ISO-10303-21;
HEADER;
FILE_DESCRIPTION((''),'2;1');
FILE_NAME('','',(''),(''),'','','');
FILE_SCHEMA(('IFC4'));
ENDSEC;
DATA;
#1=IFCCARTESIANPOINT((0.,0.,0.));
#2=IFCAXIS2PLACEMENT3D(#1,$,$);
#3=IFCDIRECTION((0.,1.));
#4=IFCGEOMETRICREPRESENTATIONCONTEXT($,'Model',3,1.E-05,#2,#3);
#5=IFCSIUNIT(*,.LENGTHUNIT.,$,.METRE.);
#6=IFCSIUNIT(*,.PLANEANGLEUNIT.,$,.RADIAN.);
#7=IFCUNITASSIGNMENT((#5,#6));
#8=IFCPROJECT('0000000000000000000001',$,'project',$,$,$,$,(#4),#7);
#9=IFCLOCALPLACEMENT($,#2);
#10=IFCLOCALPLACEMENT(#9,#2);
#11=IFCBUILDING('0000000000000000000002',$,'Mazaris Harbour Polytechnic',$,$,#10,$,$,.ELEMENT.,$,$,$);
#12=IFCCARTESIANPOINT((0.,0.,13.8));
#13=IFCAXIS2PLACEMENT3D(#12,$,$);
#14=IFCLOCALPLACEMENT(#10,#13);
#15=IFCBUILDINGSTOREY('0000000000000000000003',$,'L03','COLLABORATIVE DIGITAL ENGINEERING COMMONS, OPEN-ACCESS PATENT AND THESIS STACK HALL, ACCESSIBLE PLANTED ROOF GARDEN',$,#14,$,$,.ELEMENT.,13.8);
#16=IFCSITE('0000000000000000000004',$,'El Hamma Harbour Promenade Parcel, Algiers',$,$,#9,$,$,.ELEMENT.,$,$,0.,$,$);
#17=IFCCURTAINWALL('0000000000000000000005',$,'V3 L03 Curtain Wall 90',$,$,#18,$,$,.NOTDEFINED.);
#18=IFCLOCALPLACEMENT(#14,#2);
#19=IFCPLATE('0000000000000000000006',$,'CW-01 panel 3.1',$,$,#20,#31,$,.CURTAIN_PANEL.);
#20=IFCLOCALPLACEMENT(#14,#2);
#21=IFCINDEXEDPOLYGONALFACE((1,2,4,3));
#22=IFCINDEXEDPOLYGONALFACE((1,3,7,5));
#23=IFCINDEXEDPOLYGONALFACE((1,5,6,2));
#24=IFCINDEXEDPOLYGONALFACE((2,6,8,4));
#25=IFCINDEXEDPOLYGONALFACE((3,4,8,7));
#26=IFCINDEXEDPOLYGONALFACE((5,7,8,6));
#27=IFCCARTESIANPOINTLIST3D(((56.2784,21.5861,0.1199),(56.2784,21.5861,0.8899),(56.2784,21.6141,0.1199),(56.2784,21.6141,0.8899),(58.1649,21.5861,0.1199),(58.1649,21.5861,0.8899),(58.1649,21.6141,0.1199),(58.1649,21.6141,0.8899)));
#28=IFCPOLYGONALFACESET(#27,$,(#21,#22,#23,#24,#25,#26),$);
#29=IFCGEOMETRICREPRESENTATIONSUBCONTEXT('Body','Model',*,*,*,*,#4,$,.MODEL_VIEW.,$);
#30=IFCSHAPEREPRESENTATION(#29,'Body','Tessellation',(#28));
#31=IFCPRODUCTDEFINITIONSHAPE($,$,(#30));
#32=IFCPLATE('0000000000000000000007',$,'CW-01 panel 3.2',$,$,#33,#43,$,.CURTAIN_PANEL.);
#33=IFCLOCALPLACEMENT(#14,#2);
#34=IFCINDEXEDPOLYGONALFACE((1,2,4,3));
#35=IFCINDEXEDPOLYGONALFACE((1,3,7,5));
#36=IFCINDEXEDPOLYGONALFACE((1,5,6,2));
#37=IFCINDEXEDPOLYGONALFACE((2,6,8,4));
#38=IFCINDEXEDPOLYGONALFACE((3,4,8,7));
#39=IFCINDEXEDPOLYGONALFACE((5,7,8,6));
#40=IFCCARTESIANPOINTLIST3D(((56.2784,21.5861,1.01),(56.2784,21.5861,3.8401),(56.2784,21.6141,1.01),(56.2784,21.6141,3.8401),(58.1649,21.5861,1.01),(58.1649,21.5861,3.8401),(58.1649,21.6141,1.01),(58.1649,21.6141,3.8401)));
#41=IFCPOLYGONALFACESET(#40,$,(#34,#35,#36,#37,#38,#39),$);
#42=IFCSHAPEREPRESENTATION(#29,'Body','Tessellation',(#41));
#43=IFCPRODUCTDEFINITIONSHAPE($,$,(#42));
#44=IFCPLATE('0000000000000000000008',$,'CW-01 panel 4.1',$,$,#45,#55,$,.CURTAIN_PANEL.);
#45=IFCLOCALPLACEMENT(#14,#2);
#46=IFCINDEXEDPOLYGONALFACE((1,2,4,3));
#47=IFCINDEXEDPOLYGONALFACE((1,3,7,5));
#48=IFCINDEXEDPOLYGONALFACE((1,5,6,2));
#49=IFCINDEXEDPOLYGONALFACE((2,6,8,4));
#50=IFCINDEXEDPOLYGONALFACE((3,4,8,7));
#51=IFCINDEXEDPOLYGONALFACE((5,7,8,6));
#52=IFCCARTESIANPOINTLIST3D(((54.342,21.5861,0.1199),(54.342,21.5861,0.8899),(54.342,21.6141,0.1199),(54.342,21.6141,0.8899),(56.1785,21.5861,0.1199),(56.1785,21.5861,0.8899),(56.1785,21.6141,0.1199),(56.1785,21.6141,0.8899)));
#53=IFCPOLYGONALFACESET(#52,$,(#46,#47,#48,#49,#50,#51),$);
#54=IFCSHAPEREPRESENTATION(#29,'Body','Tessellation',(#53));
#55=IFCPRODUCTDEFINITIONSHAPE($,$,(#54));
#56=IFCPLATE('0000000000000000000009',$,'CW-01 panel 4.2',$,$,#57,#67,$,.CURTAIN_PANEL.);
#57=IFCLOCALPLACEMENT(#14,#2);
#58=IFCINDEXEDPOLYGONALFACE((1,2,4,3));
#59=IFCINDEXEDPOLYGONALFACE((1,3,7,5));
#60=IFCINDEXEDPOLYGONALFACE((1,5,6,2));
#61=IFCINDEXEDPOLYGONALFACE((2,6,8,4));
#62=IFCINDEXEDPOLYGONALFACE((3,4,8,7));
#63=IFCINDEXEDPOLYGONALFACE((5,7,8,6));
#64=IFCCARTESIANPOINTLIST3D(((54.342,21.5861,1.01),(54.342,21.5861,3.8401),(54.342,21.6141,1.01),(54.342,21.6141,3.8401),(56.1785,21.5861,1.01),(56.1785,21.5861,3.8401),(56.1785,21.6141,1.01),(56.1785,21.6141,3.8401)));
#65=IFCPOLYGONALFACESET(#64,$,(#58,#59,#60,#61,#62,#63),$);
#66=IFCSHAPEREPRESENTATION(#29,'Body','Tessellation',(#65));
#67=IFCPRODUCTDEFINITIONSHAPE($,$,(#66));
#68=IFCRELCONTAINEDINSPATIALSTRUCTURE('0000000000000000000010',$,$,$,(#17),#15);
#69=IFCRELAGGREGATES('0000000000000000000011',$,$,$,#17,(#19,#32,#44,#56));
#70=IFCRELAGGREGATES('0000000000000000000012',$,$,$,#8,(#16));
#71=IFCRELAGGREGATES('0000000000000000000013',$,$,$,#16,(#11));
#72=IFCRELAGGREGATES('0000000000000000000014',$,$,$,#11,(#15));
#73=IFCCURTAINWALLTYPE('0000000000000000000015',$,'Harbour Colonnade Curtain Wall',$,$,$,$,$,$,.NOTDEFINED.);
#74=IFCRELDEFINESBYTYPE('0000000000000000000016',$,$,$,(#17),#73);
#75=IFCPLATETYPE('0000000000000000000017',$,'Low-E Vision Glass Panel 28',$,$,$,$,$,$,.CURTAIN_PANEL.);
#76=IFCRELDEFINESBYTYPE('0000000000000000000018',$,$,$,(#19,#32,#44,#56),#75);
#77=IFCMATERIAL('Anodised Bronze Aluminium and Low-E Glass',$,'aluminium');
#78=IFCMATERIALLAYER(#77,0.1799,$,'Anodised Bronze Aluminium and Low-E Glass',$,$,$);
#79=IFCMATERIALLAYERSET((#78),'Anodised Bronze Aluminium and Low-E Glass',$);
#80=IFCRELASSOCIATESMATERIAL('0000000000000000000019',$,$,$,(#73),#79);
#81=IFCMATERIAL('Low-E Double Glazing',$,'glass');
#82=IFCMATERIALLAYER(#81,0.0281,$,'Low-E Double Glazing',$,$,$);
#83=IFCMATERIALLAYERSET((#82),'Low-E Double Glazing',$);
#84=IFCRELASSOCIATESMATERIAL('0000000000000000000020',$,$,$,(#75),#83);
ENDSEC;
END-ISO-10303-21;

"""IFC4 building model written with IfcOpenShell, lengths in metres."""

from ifc_helpers import new_model, si_unit, direction, frame, origin, origin_2d, place, context, subcontext, project, spatial, rectangle, extrude, material, layer, layer_set, type_object, element, aggregate, save


model = new_model("IFC4")

# Units and contexts
model_context = context("Model", 3, precision=1e-05, world=origin(), true_north=direction((0.0, 1.0)))
body_context = subcontext(model_context, "Body", "Model", "MODEL_VIEW")
ifc_project = project(units=[si_unit("LENGTHUNIT", "METRE"), si_unit("PLANEANGLEUNIT", "RADIAN")], contexts=[model_context])

# Site, building, storey
site_placement = place(None, origin())
site = spatial("IfcSite", under=ifc_project, at=site_placement, Name="El Hamma Harbour Promenade Parcel, Algiers", CompositionType="ELEMENT", RefElevation=0.0)
building_placement = place(site_placement, origin())
building = spatial("IfcBuilding", under=site, at=building_placement, Name="Mazaris Harbour Polytechnic", CompositionType="ELEMENT")
storey_placement = place(building_placement, frame((0.0, 0.0, 13.8)))
storey = spatial("IfcBuildingStorey", under=building, at=storey_placement, Name="L03", Description="COLLABORATIVE DIGITAL ENGINEERING COMMONS, OPEN-ACCESS PATENT AND THESIS STACK HALL, ACCESSIBLE PLANTED ROOF GARDEN", CompositionType="ELEMENT", Elevation=13.8)

# Curtain wall
ifc_material_1 = material(Name="Anodised Bronze Aluminium and Low-E Glass", Category="aluminium")
ifc_layer_1 = layer(ifc_material_1, 0.1799, Name="Anodised Bronze Aluminium and Low-E Glass")
ifc_layer_set_1 = layer_set([ifc_layer_1], Name="Anodised Bronze Aluminium and Low-E Glass")
curtain_wall_type = type_object("IfcCurtainWallType", Name="Harbour Colonnade Curtain Wall", PredefinedType="NOTDEFINED", material=ifc_layer_set_1)
curtain_wall_placement = place(storey_placement, origin())
curtain_wall = element("IfcCurtainWall", 1, at=curtain_wall_placement, inside=storey, type_object=curtain_wall_type, Name="V3 L03 Curtain Wall 90", PredefinedType="NOTDEFINED")

# Plates
ifc_material_2 = material(Name="Low-E Double Glazing", Category="glass")
ifc_layer_2 = layer(ifc_material_2, 0.0281, Name="Low-E Double Glazing")
ifc_layer_set_2 = layer_set([ifc_layer_2], Name="Low-E Double Glazing")
plate_type = type_object("IfcPlateType", Name="Low-E Vision Glass Panel 28", PredefinedType="CURTAIN_PANEL", material=ifc_layer_set_2)
plate_1_placement = place(storey_placement, frame((57.2217, 21.6001, 0.1199), z_axis=(0.0, 0.0, 1.0), x_axis=(-1.0, 0.0, 0.0)))
plate_1 = element("IfcPlate", 2, at=plate_1_placement, type_object=plate_type, Name="CW-01 panel 3.1", PredefinedType="CURTAIN_PANEL", context=body_context, shape_type="SweptSolid", body=[
    extrude(rectangle(XDim=1.8865, YDim=0.0281, at=origin_2d()), origin(), (0.0, 0.0, 1.0), 0.77),
])
plate_2_placement = place(storey_placement, frame((57.2217, 21.6001, 1.01), z_axis=(0.0, 0.0, 1.0), x_axis=(-1.0, 0.0, 0.0)))
plate_2 = element("IfcPlate", 3, at=plate_2_placement, type_object=plate_type, Name="CW-01 panel 3.2", PredefinedType="CURTAIN_PANEL", context=body_context, shape_type="SweptSolid", body=[
    extrude(rectangle(XDim=1.8865, YDim=0.0281, at=origin_2d()), origin(), (0.0, 0.0, 1.0), 2.8301),
])
plate_3_placement = place(storey_placement, frame((55.2603, 21.6001, 0.1199), z_axis=(0.0, 0.0, 1.0), x_axis=(-1.0, 0.0, 0.0)))
plate_3 = element("IfcPlate", 4, at=plate_3_placement, type_object=plate_type, Name="CW-01 panel 4.1", PredefinedType="CURTAIN_PANEL", context=body_context, shape_type="SweptSolid", body=[
    extrude(rectangle(XDim=1.8364, YDim=0.0281, at=origin_2d()), origin(), (0.0, 0.0, 1.0), 0.77),
])
plate_4_placement = place(storey_placement, frame((55.2603, 21.6001, 1.01), z_axis=(0.0, 0.0, 1.0), x_axis=(-1.0, 0.0, 0.0)))
plate_4 = element("IfcPlate", 5, at=plate_4_placement, type_object=plate_type, Name="CW-01 panel 4.2", PredefinedType="CURTAIN_PANEL", context=body_context, shape_type="SweptSolid", body=[
    extrude(rectangle(XDim=1.8364, YDim=0.0281, at=origin_2d()), origin(), (0.0, 0.0, 1.0), 2.8301),
])
aggregate(curtain_wall, [plate_1, plate_2, plate_3, plate_4])

save(model, "model.ifc")
